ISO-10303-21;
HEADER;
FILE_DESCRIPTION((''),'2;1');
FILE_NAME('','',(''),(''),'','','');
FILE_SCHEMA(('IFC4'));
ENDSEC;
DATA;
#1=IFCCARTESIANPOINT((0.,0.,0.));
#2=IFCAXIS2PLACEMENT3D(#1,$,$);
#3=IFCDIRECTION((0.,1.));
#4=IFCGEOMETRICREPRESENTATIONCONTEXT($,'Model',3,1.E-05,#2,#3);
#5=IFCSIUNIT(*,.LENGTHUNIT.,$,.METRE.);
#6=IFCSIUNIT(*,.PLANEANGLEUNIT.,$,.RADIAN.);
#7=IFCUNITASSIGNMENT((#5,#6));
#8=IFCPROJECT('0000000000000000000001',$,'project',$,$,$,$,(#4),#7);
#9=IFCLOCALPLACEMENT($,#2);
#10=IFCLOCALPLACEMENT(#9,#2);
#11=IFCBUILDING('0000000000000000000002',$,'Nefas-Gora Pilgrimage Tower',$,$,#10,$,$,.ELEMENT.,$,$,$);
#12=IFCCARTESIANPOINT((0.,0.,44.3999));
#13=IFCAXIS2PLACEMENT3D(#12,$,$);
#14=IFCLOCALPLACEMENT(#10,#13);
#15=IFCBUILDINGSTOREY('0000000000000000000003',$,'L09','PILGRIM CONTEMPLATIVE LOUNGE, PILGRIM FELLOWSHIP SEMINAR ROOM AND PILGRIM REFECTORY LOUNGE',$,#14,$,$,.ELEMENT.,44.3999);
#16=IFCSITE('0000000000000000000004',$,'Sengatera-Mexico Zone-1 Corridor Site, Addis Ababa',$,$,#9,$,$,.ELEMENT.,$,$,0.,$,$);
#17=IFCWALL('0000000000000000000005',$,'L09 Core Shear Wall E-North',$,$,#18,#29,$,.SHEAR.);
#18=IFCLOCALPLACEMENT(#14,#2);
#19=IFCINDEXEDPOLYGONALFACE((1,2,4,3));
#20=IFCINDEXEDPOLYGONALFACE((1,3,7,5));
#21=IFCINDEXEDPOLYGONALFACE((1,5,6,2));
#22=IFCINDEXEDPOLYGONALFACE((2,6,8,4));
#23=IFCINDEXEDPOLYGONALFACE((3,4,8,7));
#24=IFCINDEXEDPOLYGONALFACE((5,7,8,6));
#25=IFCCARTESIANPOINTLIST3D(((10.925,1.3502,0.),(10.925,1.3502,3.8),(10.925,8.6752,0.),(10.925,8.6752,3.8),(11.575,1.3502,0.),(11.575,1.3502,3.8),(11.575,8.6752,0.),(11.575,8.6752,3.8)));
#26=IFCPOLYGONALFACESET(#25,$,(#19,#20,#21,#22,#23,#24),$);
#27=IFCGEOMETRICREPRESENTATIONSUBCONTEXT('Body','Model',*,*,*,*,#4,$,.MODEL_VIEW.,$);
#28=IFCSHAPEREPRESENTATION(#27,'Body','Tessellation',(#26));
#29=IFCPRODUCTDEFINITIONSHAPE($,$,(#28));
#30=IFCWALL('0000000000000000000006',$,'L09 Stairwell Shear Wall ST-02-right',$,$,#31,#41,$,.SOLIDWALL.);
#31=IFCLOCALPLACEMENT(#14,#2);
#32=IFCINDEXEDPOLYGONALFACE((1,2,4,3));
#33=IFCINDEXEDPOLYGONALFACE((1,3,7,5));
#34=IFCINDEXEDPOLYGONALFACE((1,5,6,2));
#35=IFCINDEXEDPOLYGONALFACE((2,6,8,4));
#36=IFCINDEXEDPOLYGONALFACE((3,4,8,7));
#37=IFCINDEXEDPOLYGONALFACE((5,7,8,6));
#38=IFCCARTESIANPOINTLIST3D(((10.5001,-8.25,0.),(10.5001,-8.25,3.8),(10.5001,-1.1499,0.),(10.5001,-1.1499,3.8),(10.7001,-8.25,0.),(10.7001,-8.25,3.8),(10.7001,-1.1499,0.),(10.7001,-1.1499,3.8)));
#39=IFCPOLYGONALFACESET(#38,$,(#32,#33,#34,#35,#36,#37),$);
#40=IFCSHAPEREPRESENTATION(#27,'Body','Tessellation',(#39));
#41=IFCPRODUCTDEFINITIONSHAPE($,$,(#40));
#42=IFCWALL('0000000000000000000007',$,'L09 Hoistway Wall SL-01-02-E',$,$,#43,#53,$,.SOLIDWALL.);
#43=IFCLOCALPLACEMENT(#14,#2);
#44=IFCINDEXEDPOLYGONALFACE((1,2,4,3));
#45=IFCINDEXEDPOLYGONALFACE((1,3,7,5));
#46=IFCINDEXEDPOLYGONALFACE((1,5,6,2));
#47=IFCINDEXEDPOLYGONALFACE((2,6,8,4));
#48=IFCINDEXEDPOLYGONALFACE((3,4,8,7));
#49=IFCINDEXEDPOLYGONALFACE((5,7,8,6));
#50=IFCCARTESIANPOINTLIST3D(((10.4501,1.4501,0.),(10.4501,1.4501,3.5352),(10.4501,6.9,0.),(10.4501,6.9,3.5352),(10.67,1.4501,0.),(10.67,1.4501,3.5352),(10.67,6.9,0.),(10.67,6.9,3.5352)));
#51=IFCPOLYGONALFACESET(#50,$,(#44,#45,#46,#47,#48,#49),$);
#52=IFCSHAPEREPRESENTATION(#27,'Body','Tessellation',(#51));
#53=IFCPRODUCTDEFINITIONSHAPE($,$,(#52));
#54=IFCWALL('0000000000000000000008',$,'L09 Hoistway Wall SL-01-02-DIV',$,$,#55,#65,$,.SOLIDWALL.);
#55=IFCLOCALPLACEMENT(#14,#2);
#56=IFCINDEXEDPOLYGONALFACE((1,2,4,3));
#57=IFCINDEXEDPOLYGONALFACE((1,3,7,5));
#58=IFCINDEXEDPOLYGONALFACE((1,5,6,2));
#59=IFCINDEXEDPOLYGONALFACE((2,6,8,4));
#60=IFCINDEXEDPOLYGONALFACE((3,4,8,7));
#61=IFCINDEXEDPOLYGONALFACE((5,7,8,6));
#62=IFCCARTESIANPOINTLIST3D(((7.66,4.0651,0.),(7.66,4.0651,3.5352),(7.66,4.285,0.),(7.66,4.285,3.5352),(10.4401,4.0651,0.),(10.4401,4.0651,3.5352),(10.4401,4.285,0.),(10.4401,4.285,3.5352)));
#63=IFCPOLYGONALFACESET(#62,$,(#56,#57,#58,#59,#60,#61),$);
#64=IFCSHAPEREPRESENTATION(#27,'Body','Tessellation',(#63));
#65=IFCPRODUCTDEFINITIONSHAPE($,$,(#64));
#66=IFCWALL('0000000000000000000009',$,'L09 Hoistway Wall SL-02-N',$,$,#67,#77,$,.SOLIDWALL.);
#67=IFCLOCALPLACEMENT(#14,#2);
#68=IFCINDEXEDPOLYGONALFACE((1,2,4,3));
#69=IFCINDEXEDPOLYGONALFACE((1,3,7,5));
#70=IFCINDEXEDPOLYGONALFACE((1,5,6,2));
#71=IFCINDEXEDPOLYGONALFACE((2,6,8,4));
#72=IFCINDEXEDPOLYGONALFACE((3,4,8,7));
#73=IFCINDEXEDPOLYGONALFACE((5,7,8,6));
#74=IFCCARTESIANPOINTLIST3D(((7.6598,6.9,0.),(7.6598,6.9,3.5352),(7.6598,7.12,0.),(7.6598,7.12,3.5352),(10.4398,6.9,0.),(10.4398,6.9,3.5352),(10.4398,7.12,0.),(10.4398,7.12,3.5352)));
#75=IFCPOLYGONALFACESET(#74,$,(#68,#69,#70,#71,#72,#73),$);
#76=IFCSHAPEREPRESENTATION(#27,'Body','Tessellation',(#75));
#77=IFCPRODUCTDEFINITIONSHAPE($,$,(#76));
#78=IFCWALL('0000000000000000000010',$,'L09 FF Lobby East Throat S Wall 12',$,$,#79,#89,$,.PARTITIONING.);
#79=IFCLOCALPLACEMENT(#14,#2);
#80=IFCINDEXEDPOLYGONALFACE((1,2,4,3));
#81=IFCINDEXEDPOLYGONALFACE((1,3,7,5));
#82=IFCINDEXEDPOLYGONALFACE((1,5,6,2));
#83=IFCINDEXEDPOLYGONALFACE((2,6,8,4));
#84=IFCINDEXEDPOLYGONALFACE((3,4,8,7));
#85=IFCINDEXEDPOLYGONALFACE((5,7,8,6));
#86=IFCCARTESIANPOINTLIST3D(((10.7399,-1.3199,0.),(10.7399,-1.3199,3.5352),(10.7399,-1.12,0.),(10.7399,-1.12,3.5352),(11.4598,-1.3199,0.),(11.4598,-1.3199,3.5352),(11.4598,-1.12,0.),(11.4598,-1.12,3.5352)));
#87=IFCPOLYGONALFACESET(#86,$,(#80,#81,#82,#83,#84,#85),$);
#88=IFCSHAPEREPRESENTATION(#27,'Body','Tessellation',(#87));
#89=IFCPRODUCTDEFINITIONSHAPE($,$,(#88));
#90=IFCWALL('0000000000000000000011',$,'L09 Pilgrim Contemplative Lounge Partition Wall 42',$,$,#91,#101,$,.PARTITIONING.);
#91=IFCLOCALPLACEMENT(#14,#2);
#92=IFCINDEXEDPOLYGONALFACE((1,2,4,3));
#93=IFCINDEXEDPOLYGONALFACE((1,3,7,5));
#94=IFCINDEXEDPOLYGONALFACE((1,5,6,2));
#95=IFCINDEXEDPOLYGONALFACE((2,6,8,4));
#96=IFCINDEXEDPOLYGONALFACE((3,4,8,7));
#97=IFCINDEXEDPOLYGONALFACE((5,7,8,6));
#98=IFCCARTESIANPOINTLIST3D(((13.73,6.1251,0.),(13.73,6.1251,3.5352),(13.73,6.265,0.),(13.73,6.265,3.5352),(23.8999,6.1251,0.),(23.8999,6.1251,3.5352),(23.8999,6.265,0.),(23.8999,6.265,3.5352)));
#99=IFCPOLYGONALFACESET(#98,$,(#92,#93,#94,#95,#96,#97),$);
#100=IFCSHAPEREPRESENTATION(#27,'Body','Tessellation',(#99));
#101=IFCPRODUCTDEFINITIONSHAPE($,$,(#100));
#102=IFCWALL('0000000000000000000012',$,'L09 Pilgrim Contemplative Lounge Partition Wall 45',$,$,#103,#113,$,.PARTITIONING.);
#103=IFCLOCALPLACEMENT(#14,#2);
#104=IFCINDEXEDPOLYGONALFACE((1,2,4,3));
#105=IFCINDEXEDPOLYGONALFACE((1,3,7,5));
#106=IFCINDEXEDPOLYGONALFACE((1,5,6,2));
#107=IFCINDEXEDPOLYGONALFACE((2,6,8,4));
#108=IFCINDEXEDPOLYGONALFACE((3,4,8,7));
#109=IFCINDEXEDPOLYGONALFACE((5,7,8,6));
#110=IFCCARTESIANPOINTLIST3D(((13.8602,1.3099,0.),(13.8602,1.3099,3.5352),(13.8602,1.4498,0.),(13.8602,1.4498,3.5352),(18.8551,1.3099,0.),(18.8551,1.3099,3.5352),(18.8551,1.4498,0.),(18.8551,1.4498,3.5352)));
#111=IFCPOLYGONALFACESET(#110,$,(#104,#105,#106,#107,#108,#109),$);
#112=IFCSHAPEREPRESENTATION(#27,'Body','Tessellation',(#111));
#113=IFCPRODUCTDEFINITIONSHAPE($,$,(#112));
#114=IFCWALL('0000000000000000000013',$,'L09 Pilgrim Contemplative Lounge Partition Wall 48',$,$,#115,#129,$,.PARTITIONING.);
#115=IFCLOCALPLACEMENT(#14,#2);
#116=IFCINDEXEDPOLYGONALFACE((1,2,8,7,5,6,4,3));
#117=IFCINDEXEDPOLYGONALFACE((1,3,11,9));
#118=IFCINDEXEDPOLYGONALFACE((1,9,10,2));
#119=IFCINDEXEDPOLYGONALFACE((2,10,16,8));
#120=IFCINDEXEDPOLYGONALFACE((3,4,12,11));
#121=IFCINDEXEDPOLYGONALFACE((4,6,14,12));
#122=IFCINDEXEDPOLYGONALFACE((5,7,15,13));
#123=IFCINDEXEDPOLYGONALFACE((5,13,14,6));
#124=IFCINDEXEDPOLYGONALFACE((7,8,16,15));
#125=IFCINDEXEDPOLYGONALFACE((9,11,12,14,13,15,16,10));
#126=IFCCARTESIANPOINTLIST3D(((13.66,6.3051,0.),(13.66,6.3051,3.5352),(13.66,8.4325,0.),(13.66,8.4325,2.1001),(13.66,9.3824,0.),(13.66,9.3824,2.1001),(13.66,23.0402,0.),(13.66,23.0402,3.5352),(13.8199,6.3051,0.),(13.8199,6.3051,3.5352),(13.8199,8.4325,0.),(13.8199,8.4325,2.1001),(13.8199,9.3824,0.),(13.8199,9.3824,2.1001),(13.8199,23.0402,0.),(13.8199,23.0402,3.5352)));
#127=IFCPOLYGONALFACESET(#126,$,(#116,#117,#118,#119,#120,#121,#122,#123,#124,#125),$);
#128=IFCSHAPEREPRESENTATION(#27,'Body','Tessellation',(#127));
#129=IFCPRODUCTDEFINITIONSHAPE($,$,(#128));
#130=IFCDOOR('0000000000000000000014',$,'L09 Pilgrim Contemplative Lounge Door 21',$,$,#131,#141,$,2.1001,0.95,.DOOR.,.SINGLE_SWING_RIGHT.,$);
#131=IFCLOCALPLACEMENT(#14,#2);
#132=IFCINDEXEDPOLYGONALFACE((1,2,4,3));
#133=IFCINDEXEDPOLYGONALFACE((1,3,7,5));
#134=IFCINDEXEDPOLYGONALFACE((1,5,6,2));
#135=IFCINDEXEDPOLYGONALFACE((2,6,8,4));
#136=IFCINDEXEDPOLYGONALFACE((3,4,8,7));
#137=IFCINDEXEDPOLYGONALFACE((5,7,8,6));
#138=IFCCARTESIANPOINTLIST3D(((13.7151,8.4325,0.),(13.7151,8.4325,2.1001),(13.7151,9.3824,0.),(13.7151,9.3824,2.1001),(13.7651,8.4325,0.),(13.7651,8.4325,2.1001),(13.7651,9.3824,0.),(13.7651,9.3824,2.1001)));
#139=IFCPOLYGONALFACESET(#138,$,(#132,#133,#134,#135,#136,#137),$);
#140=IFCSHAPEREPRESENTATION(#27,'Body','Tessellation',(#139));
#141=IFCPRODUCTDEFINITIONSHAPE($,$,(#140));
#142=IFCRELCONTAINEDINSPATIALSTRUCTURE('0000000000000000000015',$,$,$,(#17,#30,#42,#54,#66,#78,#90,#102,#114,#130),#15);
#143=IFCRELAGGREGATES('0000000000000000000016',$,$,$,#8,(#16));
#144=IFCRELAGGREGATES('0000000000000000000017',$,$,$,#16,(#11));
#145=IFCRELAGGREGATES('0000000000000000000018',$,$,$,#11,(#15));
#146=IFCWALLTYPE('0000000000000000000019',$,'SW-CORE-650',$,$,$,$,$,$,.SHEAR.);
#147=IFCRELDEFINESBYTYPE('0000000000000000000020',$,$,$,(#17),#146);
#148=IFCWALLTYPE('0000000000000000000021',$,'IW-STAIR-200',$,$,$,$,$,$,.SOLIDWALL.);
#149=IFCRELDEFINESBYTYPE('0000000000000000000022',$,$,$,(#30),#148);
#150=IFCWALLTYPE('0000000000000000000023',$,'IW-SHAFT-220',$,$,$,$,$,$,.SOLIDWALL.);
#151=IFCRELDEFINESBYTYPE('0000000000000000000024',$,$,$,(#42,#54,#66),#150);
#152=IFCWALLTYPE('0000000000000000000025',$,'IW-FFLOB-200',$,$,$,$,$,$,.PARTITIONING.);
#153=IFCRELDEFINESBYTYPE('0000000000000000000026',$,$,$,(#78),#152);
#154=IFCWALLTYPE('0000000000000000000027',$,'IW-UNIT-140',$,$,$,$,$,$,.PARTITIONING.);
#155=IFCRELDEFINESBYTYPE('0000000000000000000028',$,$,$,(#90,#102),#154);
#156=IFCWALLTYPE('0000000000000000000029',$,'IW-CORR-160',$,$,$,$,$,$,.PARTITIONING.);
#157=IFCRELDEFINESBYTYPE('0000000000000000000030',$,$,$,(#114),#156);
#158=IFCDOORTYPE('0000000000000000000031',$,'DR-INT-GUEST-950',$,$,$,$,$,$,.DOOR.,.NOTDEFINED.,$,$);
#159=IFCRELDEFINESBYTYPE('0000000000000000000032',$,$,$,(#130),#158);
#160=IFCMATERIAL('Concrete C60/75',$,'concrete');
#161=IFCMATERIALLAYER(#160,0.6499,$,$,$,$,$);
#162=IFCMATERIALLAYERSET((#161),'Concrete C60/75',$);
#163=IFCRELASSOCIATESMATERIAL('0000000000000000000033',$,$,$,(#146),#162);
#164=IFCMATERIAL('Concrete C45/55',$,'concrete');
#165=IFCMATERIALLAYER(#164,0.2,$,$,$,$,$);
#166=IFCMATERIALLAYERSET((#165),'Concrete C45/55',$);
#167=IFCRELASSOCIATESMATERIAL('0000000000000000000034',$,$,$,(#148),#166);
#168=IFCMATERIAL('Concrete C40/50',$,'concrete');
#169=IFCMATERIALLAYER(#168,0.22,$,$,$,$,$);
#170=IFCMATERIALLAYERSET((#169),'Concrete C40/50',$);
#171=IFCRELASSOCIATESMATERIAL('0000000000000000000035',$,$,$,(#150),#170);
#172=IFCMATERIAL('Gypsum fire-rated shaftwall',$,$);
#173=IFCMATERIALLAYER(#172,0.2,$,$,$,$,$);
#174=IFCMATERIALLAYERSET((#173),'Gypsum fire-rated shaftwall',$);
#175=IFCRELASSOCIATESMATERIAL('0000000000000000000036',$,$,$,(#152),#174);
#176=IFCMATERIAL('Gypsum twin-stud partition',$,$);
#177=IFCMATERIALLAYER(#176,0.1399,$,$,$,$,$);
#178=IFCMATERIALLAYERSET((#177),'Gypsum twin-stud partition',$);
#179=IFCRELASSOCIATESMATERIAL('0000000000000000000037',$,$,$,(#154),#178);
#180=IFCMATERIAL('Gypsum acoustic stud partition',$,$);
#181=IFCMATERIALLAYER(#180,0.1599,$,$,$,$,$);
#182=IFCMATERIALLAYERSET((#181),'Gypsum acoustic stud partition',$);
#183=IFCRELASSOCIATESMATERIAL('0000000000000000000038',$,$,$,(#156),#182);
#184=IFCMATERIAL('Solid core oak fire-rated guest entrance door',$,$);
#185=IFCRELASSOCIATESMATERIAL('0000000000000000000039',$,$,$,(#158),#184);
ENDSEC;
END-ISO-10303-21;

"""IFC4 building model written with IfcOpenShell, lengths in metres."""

from ifc_helpers import new_model, si_unit, direction, frame, frame_2d, origin, place, context, subcontext, project, spatial, rectangle, extrude, source, transform, mapped, material, layer, layer_set, type_object, element, fill, save


model = new_model("IFC4")

# Units and contexts
model_context = context("Model", 3, precision=1e-05, world=origin(), true_north=direction((0.0, 1.0)))
body_context = subcontext(model_context, "Body", "Model", "MODEL_VIEW")
ifc_project = project(units=[si_unit("LENGTHUNIT", "METRE"), si_unit("PLANEANGLEUNIT", "RADIAN")], contexts=[model_context])

# Site, building, storey
site_placement = place(None, origin())
site = spatial("IfcSite", under=ifc_project, at=site_placement, Name="Sengatera-Mexico Zone-1 Corridor Site, Addis Ababa", CompositionType="ELEMENT", RefElevation=0.0)
building_placement = place(site_placement, origin())
building = spatial("IfcBuilding", under=site, at=building_placement, Name="Nefas-Gora Pilgrimage Tower", CompositionType="ELEMENT")
storey_placement = place(building_placement, frame((0.0, 0.0, 44.3999)))
storey = spatial("IfcBuildingStorey", under=building, at=storey_placement, Name="L09", Description="PILGRIM CONTEMPLATIVE LOUNGE, PILGRIM FELLOWSHIP SEMINAR ROOM AND PILGRIM REFECTORY LOUNGE", CompositionType="ELEMENT", Elevation=44.3999)

# Walls
ifc_material_1 = material(Name="Concrete C60/75", Category="concrete")
ifc_layer_1 = layer(ifc_material_1, 0.6499)
ifc_layer_set_1 = layer_set([ifc_layer_1], Name="Concrete C60/75")
wall_type_1 = type_object("IfcWallType", Name="SW-CORE-650", PredefinedType="SHEAR", material=ifc_layer_set_1)
shared_shape_1 = source(origin(), body_context, "Body", "SweptSolid", [
    extrude(rectangle(XDim=7.325, YDim=0.6499, at=frame_2d((3.6626, 0.0))), origin(), (0.0, 0.0, 1.0), 3.8),
])
wall_1_placement = place(storey_placement, frame((11.25, 1.3501, 0.0), z_axis=(0.0, 0.0, 1.0), x_axis=(0.0, 1.0, 0.0)))
element("IfcWall", 1, at=wall_1_placement, inside=storey, type_object=wall_type_1, Name="L09 Core Shear Wall E-North", PredefinedType="SHEAR", context=body_context, shape_type="MappedRepresentation", body=[
    mapped(shared_shape_1, transform((0.0, 0.0, 0.0), x_axis=(1.0, 0.0, 0.0), y_axis=(0.0, 1.0, 0.0), z_axis=(0.0, 0.0, 1.0), scale=1.0)),
])
ifc_material_2 = material(Name="Concrete C45/55", Category="concrete")
ifc_layer_2 = layer(ifc_material_2, 0.2)
ifc_layer_set_2 = layer_set([ifc_layer_2], Name="Concrete C45/55")
wall_type_2 = type_object("IfcWallType", Name="IW-STAIR-200", PredefinedType="SOLIDWALL", material=ifc_layer_set_2)
shared_shape_2 = source(origin(), body_context, "Body", "SweptSolid", [
    extrude(rectangle(XDim=7.1001, YDim=0.2, at=frame_2d((3.55, 0.0))), origin(), (0.0, 0.0, 1.0), 3.8),
])
wall_2_placement = place(storey_placement, frame((10.6001, -1.1499, 0.0), z_axis=(0.0, 0.0, 1.0), x_axis=(0.0, -1.0, 0.0)))
element("IfcWall", 2, at=wall_2_placement, inside=storey, type_object=wall_type_2, Name="L09 Stairwell Shear Wall ST-02-right", PredefinedType="SOLIDWALL", context=body_context, shape_type="MappedRepresentation", body=[
    mapped(shared_shape_2, transform((0.0, 0.0, 0.0), x_axis=(1.0, 0.0, 0.0), y_axis=(0.0, 1.0, 0.0), z_axis=(0.0, 0.0, 1.0), scale=1.0)),
])
ifc_material_3 = material(Name="Concrete C40/50", Category="concrete")
ifc_layer_3 = layer(ifc_material_3, 0.22)
ifc_layer_set_3 = layer_set([ifc_layer_3], Name="Concrete C40/50")
wall_type_3 = type_object("IfcWallType", Name="IW-SHAFT-220", PredefinedType="SOLIDWALL", material=ifc_layer_set_3)
shared_shape_3 = source(origin(), body_context, "Body", "SweptSolid", [
    extrude(rectangle(XDim=5.45, YDim=0.22, at=frame_2d((2.7251, 0.0))), origin(), (0.0, 0.0, 1.0), 3.5352),
])
wall_3_placement = place(storey_placement, frame((10.5601, 1.45, 0.0), z_axis=(0.0, 0.0, 1.0), x_axis=(0.0, 1.0, 0.0)))
element("IfcWall", 3, at=wall_3_placement, inside=storey, type_object=wall_type_3, Name="L09 Hoistway Wall SL-01-02-E", PredefinedType="SOLIDWALL", context=body_context, shape_type="MappedRepresentation", body=[
    mapped(shared_shape_3, transform((0.0, 0.0, 0.0), x_axis=(1.0, 0.0, 0.0), y_axis=(0.0, 1.0, 0.0), z_axis=(0.0, 0.0, 1.0), scale=1.0)),
])
shared_shape_4 = source(origin(), body_context, "Body", "SweptSolid", [
    extrude(rectangle(XDim=2.78, YDim=0.22, at=frame_2d((1.3901, 0.0))), origin(), (0.0, 0.0, 1.0), 3.5352),
])
for number, where, z_axis, x_axis, name in (
    (4, (7.6599, 4.175, 0.0), (0.0, 0.0, 1.0), (1.0, 0.0, 0.0), "L09 Hoistway Wall SL-01-02-DIV"),
    (5, (10.4399, 7.01, 0.0), (0.0, 0.0, 1.0), (-1.0, 0.0, 0.0), "L09 Hoistway Wall SL-02-N"),
):
    element("IfcWall", number, at=place(storey_placement, frame(where, z_axis=z_axis, x_axis=x_axis)), inside=storey, type_object=wall_type_3, Name=name, PredefinedType="SOLIDWALL", context=body_context, shape_type="MappedRepresentation", body=[
        mapped(shared_shape_4, transform((0.0, 0.0, 0.0), x_axis=(1.0, 0.0, 0.0), y_axis=(0.0, 1.0, 0.0), z_axis=(0.0, 0.0, 1.0), scale=1.0)),
    ])
ifc_material_4 = material(Name="Gypsum fire-rated shaftwall")
ifc_layer_4 = layer(ifc_material_4, 0.2)
ifc_layer_set_4 = layer_set([ifc_layer_4], Name="Gypsum fire-rated shaftwall")
wall_type_4 = type_object("IfcWallType", Name="IW-FFLOB-200", PredefinedType="PARTITIONING", material=ifc_layer_set_4)
shared_shape_5 = source(origin(), body_context, "Body", "SweptSolid", [
    extrude(rectangle(XDim=0.72, YDim=0.2, at=frame_2d((0.3599, 0.0))), origin(), (0.0, 0.0, 1.0), 3.5352),
])
wall_4_placement = place(storey_placement, frame((10.74, -1.22, 0.0), z_axis=(0.0, 0.0, 1.0), x_axis=(1.0, 0.0, 0.0)))
element("IfcWall", 6, at=wall_4_placement, inside=storey, type_object=wall_type_4, Name="L09 FF Lobby East Throat S Wall 12", PredefinedType="PARTITIONING", context=body_context, shape_type="MappedRepresentation", body=[
    mapped(shared_shape_5, transform((0.0, 0.0, 0.0), x_axis=(1.0, 0.0, 0.0), y_axis=(0.0, 1.0, 0.0), z_axis=(0.0, 0.0, 1.0), scale=1.0)),
])
ifc_material_5 = material(Name="Gypsum twin-stud partition")
ifc_layer_5 = layer(ifc_material_5, 0.1399)
ifc_layer_set_5 = layer_set([ifc_layer_5], Name="Gypsum twin-stud partition")
wall_type_5 = type_object("IfcWallType", Name="IW-UNIT-140", PredefinedType="PARTITIONING", material=ifc_layer_set_5)
shared_shape_6 = source(origin(), body_context, "Body", "SweptSolid", [
    extrude(rectangle(XDim=10.1699, YDim=0.1399, at=frame_2d((5.085, 0.0))), origin(), (0.0, 0.0, 1.0), 3.5352),
])
wall_5_placement = place(storey_placement, frame((13.73, 6.1951, 0.0), z_axis=(0.0, 0.0, 1.0), x_axis=(1.0, 0.0, 0.0)))
element("IfcWall", 7, at=wall_5_placement, inside=storey, type_object=wall_type_5, Name="L09 Pilgrim Contemplative Lounge Partition Wall 42", PredefinedType="PARTITIONING", context=body_context, shape_type="MappedRepresentation", body=[
    mapped(shared_shape_6, transform((0.0, 0.0, 0.0), x_axis=(1.0, 0.0, 0.0), y_axis=(0.0, 1.0, 0.0), z_axis=(0.0, 0.0, 1.0), scale=1.0)),
])
shared_shape_7 = source(origin(), body_context, "Body", "SweptSolid", [
    extrude(rectangle(XDim=4.9949, YDim=0.1399, at=frame_2d((2.4976, 0.0))), origin(), (0.0, 0.0, 1.0), 3.5352),
])
wall_6_placement = place(storey_placement, frame((13.8601, 1.3799, 0.0), z_axis=(0.0, 0.0, 1.0), x_axis=(1.0, 0.0, 0.0)))
element("IfcWall", 8, at=wall_6_placement, inside=storey, type_object=wall_type_5, Name="L09 Pilgrim Contemplative Lounge Partition Wall 45", PredefinedType="PARTITIONING", context=body_context, shape_type="MappedRepresentation", body=[
    mapped(shared_shape_7, transform((0.0, 0.0, 0.0), x_axis=(1.0, 0.0, 0.0), y_axis=(0.0, 1.0, 0.0), z_axis=(0.0, 0.0, 1.0), scale=1.0)),
])

# Wall, opening, door
ifc_material_6 = material(Name="Gypsum acoustic stud partition")
ifc_layer_6 = layer(ifc_material_6, 0.1599)
ifc_layer_set_6 = layer_set([ifc_layer_6], Name="Gypsum acoustic stud partition")
wall_type_6 = type_object("IfcWallType", Name="IW-CORR-160", PredefinedType="PARTITIONING", material=ifc_layer_set_6)
shared_shape_8 = source(origin(), body_context, "Body", "SweptSolid", [
    extrude(rectangle(XDim=16.7351, YDim=0.1599, at=frame_2d((8.3677, 0.0))), origin(), (0.0, 0.0, 1.0), 3.5352),
])
wall_7_placement = place(storey_placement, frame((13.74, 6.3049, 0.0), z_axis=(0.0, 0.0, 1.0), x_axis=(0.0, 1.0, 0.0)))
wall_7 = element("IfcWall", 9, at=wall_7_placement, inside=storey, type_object=wall_type_6, Name="L09 Pilgrim Contemplative Lounge Partition Wall 48", PredefinedType="PARTITIONING", context=body_context, shape_type="MappedRepresentation", body=[
    mapped(shared_shape_8, transform((0.0, 0.0, 0.0), x_axis=(1.0, 0.0, 0.0), y_axis=(0.0, 1.0, 0.0), z_axis=(0.0, 0.0, 1.0), scale=1.0)),
])
opening_placement = place(wall_7_placement, frame((2.1274, 0.0, 0.0)))
opening = element("IfcOpeningElement", 10, at=opening_placement, cuts=wall_7, PredefinedType="OPENING", context=body_context, shape_type="SweptSolid", body=[
    extrude(rectangle(XDim=0.95, YDim=2.1001, at=frame_2d((0.4751, 1.05))), frame((0.0, 0.0898, 0.0), z_axis=(0.0, -1.0, 0.0), x_axis=(1.0, 0.0, 0.0)), (0.0, 0.0, 1.0), 0.1799),
])
ifc_material_7 = material(Name="Solid core oak fire-rated guest entrance door")
door_type = type_object("IfcDoorType", Name="DR-INT-GUEST-950", OperationType="NOTDEFINED", PredefinedType="DOOR", material=ifc_material_7)
shared_shape_9 = source(origin(), body_context, "Body", "SweptSolid", [
    extrude(rectangle(XDim=0.95, YDim=2.1001, at=frame_2d((0.4751, 1.05))), frame((0.0, 0.0249, 0.0), z_axis=(0.0, -1.0, 0.0), x_axis=(1.0, 0.0, 0.0)), (0.0, 0.0, 1.0), 0.05),
])
door_placement = place(opening_placement, origin())
door = element("IfcDoor", 11, at=door_placement, inside=storey, type_object=door_type, Name="L09 Pilgrim Contemplative Lounge Door 21", OperationType="SINGLE_SWING_RIGHT", OverallHeight=2.1001, OverallWidth=0.95, PredefinedType="DOOR", context=body_context, shape_type="MappedRepresentation", body=[
    mapped(shared_shape_9, transform((0.0, 0.0, 0.0), x_axis=(1.0, 0.0, 0.0), y_axis=(0.0, 1.0, 0.0), z_axis=(0.0, 0.0, 1.0), scale=1.0)),
])
fill(opening, door)

save(model, "model.ifc")
